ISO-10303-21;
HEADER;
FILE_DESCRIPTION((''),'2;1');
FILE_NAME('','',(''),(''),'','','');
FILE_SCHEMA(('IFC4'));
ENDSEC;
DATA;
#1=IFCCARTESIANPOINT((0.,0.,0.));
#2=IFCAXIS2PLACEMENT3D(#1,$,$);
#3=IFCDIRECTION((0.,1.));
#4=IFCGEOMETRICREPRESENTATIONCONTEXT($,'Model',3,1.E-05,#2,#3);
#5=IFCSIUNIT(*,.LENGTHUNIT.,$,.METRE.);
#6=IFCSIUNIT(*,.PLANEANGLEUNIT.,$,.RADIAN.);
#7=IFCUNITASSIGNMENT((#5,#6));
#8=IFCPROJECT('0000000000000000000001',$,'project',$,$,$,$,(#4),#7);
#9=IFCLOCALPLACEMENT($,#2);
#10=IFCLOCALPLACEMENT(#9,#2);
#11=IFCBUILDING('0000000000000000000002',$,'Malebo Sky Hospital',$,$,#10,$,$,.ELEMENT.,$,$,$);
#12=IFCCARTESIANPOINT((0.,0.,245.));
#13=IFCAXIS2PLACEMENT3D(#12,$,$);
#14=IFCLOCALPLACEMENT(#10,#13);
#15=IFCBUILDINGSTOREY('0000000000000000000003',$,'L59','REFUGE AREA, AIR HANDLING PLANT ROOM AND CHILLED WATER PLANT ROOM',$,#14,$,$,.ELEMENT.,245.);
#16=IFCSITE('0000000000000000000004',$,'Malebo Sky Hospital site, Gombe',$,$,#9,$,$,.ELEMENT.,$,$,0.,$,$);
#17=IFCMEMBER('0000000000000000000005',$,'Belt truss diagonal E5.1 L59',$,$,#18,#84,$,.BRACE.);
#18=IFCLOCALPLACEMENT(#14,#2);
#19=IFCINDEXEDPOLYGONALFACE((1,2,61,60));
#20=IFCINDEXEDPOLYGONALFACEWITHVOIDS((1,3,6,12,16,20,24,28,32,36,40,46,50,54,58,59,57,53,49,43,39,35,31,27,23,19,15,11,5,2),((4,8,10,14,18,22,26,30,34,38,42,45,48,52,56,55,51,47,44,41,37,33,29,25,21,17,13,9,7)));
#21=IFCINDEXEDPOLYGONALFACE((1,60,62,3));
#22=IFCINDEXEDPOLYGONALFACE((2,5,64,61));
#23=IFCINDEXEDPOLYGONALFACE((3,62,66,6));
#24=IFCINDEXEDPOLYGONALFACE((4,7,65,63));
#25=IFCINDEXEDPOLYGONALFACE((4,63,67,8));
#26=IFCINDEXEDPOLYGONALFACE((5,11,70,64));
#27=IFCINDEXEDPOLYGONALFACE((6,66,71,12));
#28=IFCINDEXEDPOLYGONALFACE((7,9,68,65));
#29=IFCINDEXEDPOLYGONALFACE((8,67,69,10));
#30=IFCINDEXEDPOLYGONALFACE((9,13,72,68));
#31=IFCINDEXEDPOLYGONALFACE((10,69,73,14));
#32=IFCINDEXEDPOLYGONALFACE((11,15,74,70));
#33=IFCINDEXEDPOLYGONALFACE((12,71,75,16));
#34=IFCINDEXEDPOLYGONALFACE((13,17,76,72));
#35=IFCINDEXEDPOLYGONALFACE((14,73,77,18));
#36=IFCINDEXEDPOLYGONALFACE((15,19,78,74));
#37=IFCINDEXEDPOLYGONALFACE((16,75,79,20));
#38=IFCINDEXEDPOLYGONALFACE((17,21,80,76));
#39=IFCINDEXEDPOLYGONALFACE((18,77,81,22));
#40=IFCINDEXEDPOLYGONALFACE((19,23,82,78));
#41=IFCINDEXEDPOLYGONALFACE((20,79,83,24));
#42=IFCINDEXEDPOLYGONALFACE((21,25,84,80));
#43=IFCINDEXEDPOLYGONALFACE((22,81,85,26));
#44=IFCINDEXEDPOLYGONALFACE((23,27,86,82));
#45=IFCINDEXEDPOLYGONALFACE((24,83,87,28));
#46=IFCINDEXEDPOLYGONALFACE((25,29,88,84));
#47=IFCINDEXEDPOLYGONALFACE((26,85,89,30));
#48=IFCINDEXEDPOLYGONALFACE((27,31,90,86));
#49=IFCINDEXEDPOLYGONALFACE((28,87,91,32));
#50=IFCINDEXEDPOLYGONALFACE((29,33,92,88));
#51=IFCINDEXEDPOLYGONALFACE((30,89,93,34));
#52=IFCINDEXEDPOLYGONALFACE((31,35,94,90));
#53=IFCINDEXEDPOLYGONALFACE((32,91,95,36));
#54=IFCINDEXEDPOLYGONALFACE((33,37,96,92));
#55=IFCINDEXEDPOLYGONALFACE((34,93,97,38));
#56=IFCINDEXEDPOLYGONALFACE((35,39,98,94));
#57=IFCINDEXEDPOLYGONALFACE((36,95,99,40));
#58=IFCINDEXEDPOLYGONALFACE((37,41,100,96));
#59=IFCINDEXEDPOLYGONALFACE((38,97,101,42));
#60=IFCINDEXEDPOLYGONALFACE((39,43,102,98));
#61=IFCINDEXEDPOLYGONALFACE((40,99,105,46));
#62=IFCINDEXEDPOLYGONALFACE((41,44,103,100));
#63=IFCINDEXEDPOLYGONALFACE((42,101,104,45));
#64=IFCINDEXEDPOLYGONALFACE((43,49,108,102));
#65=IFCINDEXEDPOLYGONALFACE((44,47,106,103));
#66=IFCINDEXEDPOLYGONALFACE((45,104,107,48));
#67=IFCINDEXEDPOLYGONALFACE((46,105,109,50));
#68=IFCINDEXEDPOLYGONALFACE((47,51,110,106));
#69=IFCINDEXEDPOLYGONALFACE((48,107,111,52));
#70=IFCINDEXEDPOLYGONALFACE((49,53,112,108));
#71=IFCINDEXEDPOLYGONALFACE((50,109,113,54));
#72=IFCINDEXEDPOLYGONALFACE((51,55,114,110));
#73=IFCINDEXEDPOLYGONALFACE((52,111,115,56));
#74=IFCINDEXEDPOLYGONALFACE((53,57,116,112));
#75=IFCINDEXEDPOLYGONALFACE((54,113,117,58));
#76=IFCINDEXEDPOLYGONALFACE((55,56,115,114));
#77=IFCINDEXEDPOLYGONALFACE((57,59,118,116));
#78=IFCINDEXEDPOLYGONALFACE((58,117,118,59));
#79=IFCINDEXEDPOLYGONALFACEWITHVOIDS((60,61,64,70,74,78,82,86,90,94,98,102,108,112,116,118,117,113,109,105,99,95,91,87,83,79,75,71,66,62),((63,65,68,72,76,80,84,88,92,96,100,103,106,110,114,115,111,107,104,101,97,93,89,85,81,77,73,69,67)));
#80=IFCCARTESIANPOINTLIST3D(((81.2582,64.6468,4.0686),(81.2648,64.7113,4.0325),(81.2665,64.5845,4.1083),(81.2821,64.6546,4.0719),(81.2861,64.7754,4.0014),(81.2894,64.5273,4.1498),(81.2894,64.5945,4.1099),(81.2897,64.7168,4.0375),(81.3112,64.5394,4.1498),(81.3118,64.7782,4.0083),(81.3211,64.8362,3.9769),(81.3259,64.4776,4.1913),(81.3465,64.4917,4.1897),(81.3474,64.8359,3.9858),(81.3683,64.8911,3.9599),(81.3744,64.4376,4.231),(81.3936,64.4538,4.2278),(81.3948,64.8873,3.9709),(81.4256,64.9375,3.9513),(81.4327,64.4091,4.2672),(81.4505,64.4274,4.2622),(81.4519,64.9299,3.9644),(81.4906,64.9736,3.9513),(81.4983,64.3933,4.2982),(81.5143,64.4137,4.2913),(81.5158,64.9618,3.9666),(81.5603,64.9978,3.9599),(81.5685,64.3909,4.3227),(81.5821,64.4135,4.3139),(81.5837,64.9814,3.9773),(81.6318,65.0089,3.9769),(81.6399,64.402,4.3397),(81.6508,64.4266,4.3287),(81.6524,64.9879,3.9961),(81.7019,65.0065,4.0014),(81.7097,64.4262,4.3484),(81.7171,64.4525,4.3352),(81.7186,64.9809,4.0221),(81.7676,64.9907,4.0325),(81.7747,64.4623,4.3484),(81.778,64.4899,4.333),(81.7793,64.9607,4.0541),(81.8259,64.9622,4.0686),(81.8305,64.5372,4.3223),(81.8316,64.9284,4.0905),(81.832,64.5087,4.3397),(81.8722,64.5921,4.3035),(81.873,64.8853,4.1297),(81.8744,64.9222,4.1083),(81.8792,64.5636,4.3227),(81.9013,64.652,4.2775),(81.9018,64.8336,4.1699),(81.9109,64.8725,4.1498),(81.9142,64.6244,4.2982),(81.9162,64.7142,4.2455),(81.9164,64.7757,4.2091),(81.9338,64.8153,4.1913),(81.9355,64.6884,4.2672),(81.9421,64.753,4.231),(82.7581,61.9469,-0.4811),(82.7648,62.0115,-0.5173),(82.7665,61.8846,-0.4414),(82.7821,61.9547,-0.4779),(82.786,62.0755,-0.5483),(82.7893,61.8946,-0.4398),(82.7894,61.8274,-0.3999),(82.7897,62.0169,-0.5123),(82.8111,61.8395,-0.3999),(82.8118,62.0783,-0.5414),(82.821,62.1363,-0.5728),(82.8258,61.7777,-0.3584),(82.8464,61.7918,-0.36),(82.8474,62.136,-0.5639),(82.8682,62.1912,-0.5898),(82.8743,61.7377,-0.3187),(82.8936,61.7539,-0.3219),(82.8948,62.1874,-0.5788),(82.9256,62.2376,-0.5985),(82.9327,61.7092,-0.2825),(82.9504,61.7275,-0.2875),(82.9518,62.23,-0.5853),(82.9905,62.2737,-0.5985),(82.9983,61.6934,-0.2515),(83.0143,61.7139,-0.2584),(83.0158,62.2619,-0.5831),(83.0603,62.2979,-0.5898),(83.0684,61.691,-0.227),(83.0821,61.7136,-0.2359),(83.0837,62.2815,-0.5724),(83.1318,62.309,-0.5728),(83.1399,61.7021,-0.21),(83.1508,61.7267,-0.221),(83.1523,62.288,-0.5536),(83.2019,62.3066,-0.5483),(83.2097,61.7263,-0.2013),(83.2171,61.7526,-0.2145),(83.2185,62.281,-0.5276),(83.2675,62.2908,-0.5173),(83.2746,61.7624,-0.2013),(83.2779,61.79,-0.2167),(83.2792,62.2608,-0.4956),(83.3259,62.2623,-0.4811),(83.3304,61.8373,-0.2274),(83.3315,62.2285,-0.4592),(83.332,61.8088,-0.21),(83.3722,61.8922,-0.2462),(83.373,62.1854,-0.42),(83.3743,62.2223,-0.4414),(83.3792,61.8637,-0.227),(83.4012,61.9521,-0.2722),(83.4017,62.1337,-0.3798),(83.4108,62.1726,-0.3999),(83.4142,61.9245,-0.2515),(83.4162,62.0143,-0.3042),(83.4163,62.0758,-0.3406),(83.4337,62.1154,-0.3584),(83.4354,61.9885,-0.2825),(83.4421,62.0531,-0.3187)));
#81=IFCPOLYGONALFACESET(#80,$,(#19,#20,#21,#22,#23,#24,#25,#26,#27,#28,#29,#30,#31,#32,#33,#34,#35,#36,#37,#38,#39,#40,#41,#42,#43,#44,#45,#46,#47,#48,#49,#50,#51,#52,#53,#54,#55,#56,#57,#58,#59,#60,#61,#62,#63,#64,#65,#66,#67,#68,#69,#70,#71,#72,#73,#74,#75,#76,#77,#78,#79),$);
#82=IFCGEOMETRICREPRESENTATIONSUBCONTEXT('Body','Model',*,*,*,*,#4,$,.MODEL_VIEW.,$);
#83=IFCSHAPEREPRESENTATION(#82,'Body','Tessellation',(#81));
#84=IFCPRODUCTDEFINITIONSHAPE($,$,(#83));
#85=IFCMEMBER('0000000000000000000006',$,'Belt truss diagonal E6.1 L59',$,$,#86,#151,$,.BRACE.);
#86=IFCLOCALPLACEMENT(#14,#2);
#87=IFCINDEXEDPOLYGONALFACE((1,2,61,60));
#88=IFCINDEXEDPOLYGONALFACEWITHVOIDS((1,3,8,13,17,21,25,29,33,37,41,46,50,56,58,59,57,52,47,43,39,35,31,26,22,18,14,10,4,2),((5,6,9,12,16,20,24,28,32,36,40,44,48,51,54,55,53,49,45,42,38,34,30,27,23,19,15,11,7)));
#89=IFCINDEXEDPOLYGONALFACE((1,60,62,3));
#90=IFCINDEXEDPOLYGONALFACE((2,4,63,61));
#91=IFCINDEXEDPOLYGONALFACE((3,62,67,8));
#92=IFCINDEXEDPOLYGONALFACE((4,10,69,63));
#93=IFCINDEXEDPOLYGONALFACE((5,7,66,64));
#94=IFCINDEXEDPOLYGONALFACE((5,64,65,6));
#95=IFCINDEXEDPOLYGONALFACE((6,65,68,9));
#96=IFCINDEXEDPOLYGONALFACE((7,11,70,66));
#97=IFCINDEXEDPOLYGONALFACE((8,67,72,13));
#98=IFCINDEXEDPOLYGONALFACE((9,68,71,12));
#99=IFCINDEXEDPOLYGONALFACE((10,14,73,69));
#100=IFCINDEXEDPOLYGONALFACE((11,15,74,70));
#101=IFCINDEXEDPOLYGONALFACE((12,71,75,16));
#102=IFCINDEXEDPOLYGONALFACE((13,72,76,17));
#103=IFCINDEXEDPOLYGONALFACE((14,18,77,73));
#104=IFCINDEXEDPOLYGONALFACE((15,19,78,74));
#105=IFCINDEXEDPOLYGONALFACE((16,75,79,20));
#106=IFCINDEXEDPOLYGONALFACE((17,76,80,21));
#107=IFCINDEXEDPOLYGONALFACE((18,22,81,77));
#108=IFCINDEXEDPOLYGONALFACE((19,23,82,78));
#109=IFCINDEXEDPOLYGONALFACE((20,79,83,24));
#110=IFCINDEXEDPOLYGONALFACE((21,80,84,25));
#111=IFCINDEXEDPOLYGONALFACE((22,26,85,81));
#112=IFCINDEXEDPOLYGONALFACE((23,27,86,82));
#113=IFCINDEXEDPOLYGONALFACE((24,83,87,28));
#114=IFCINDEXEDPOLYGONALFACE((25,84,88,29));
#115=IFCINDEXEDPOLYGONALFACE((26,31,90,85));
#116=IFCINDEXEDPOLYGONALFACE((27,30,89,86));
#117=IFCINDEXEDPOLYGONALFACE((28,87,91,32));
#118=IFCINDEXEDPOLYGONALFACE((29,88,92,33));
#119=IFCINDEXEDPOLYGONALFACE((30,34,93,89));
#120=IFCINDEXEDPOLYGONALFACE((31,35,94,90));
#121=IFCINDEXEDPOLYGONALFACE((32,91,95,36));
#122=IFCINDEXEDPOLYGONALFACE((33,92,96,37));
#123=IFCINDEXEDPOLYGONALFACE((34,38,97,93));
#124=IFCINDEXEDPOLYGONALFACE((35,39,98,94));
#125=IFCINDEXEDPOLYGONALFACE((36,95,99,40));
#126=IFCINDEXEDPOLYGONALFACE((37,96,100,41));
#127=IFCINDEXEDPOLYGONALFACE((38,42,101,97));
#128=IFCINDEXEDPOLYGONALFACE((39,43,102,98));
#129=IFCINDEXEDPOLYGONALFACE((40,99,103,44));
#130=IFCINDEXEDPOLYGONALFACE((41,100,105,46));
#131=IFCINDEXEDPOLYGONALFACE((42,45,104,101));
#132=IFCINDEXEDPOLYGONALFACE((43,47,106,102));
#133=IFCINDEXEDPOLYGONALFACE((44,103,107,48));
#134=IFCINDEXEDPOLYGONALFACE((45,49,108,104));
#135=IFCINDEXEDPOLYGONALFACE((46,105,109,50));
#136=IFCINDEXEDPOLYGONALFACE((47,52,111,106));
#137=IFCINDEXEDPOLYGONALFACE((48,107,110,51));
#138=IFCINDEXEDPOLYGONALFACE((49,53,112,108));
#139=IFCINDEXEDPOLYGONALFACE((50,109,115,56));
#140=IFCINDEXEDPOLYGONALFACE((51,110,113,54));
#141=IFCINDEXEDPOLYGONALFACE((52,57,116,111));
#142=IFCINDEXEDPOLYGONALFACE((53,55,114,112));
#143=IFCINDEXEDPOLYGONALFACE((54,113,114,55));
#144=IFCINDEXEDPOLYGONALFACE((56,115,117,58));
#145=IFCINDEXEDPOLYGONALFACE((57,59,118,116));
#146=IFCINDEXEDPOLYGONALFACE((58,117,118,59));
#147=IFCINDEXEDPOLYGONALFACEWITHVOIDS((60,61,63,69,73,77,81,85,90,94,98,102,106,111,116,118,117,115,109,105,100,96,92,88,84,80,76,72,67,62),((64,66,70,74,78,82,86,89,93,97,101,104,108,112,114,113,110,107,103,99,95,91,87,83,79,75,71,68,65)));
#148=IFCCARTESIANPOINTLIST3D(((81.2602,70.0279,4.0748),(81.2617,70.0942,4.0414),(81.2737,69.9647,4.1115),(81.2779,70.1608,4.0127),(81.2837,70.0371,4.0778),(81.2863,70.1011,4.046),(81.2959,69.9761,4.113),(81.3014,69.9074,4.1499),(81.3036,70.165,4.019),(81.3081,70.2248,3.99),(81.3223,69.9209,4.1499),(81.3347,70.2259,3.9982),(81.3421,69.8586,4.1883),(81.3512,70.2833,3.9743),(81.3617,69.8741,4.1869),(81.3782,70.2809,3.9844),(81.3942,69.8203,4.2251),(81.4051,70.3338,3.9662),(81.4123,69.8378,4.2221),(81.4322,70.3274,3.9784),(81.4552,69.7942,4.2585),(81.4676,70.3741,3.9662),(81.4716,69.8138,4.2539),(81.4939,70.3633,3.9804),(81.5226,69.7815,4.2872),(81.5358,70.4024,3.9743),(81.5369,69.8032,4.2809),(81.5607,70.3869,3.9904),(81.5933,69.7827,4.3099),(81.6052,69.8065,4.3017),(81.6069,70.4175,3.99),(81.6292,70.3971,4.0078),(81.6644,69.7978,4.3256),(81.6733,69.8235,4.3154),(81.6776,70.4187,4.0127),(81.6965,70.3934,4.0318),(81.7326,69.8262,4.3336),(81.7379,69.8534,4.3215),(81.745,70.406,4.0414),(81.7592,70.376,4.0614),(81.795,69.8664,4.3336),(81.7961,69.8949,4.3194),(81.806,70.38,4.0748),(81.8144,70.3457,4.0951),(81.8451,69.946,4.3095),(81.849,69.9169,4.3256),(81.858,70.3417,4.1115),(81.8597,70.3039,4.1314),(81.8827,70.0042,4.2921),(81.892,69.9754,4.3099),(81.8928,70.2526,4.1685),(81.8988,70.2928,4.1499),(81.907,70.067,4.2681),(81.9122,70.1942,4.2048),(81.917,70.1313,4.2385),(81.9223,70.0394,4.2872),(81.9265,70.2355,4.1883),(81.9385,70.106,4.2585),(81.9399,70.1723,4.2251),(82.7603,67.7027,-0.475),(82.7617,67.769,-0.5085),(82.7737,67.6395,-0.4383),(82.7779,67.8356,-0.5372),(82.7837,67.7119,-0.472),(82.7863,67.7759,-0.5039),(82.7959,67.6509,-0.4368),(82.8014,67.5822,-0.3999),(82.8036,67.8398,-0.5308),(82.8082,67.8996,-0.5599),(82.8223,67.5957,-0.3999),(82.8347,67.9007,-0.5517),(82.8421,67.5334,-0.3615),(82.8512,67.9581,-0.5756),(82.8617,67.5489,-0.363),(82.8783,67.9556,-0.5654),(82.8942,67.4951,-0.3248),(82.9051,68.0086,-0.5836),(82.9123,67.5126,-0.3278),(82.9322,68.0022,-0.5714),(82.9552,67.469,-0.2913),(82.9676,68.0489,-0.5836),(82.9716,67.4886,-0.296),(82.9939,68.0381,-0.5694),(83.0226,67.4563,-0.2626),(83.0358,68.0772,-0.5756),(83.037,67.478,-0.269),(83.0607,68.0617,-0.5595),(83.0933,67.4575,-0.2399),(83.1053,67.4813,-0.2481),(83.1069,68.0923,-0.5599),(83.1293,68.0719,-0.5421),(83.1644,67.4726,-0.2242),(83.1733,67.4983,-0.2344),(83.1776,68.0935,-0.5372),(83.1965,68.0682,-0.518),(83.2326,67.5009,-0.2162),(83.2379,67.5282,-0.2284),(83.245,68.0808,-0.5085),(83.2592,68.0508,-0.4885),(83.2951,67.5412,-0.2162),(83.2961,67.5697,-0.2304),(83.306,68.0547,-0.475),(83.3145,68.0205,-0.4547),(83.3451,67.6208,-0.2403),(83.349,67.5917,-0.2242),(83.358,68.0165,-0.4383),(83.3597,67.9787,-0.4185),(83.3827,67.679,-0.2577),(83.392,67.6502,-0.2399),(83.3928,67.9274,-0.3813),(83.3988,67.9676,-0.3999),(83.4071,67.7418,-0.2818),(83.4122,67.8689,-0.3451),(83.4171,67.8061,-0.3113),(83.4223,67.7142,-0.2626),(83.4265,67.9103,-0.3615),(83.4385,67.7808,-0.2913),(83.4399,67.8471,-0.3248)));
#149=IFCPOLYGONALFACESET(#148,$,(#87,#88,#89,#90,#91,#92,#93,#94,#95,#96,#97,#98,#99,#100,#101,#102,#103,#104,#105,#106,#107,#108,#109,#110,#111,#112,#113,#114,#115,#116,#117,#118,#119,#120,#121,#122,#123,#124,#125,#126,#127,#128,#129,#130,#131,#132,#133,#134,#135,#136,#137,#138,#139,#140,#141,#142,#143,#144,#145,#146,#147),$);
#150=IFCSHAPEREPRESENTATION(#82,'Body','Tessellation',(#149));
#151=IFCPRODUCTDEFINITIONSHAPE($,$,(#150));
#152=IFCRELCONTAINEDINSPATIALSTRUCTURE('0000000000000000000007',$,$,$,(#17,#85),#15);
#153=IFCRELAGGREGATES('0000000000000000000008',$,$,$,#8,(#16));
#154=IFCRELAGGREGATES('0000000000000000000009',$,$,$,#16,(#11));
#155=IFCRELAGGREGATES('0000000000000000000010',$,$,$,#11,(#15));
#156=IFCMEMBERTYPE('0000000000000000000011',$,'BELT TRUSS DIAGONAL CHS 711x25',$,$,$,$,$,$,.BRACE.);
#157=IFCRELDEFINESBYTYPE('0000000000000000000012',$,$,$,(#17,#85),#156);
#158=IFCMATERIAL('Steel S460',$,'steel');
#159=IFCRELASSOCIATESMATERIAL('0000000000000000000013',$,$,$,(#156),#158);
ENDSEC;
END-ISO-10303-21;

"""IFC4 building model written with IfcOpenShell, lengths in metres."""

from ifc_helpers import new_model, si_unit, direction, frame, origin, origin_2d, place, context, subcontext, project, spatial, hollow_circle, extrude, material, material_profile, profile_set, type_object, element, save


model = new_model("IFC4")

# Units and contexts
model_context = context("Model", 3, precision=1e-05, world=origin(), true_north=direction((0.0, 1.0)))
body_context = subcontext(model_context, "Body", "Model", "MODEL_VIEW")
ifc_project = project(units=[si_unit("LENGTHUNIT", "METRE"), si_unit("PLANEANGLEUNIT", "RADIAN")], contexts=[model_context])

# Site, building, storey
site_placement = place(None, origin())
site = spatial("IfcSite", under=ifc_project, at=site_placement, Name="Malebo Sky Hospital site, Gombe", CompositionType="ELEMENT", RefElevation=0.0)
building_placement = place(site_placement, origin())
building = spatial("IfcBuilding", under=site, at=building_placement, Name="Malebo Sky Hospital", CompositionType="ELEMENT")
storey_placement = place(building_placement, frame((0.0, 0.0, 245.0)))
storey = spatial("IfcBuildingStorey", under=building, at=storey_placement, Name="L59", Description="REFUGE AREA, AIR HANDLING PLANT ROOM AND CHILLED WATER PLANT ROOM", CompositionType="ELEMENT", Elevation=245.0)

# Members
ifc_material_1 = material(Name="Steel S460", Category="steel")
ifc_material_profile_1 = material_profile(ifc_material_1, hollow_circle(Radius=0.3555, WallThickness=0.0249, at=origin_2d()), Name="CHS 711x25")
ifc_profile_set_1 = profile_set([ifc_material_profile_1], Name="Steel S460")
member_type_1 = type_object("IfcMemberType", Name="BELT TRUSS DIAGONAL CHS 711x25", PredefinedType="BRACE", material=ifc_profile_set_1)
member_1_placement = place(storey_placement, frame((83.1001, 62.0, -0.3999), z_axis=(-0.27277, 0.490978, 0.827368), x_axis=(-0.874154, -0.48565, 0.0)))
element("IfcMember", 1, at=member_1_placement, inside=storey, type_object=member_type_1, Name="Belt truss diagonal E5.1 L59", PredefinedType="BRACE", context=body_context, shape_type="SweptSolid", body=[
    extrude(hollow_circle(Radius=0.3555, WallThickness=0.0249, at=origin_2d()), origin(), (0.0, 0.0, 1.0), 5.499),
])
member_2_placement = place(storey_placement, frame((83.1001, 67.7749, -0.3999), z_axis=(-0.281682, 0.436644, 0.854399), x_axis=(-0.840317, -0.542095, 0.0)))
element("IfcMember", 2, at=member_2_placement, inside=storey, type_object=member_type_1, Name="Belt truss diagonal E6.1 L59", PredefinedType="BRACE", context=body_context, shape_type="SweptSolid", body=[
    extrude(hollow_circle(Radius=0.3555, WallThickness=0.0249, at=origin_2d()), origin(), (0.0, 0.0, 1.0), 5.3252),
])

save(model, "model.ifc")
